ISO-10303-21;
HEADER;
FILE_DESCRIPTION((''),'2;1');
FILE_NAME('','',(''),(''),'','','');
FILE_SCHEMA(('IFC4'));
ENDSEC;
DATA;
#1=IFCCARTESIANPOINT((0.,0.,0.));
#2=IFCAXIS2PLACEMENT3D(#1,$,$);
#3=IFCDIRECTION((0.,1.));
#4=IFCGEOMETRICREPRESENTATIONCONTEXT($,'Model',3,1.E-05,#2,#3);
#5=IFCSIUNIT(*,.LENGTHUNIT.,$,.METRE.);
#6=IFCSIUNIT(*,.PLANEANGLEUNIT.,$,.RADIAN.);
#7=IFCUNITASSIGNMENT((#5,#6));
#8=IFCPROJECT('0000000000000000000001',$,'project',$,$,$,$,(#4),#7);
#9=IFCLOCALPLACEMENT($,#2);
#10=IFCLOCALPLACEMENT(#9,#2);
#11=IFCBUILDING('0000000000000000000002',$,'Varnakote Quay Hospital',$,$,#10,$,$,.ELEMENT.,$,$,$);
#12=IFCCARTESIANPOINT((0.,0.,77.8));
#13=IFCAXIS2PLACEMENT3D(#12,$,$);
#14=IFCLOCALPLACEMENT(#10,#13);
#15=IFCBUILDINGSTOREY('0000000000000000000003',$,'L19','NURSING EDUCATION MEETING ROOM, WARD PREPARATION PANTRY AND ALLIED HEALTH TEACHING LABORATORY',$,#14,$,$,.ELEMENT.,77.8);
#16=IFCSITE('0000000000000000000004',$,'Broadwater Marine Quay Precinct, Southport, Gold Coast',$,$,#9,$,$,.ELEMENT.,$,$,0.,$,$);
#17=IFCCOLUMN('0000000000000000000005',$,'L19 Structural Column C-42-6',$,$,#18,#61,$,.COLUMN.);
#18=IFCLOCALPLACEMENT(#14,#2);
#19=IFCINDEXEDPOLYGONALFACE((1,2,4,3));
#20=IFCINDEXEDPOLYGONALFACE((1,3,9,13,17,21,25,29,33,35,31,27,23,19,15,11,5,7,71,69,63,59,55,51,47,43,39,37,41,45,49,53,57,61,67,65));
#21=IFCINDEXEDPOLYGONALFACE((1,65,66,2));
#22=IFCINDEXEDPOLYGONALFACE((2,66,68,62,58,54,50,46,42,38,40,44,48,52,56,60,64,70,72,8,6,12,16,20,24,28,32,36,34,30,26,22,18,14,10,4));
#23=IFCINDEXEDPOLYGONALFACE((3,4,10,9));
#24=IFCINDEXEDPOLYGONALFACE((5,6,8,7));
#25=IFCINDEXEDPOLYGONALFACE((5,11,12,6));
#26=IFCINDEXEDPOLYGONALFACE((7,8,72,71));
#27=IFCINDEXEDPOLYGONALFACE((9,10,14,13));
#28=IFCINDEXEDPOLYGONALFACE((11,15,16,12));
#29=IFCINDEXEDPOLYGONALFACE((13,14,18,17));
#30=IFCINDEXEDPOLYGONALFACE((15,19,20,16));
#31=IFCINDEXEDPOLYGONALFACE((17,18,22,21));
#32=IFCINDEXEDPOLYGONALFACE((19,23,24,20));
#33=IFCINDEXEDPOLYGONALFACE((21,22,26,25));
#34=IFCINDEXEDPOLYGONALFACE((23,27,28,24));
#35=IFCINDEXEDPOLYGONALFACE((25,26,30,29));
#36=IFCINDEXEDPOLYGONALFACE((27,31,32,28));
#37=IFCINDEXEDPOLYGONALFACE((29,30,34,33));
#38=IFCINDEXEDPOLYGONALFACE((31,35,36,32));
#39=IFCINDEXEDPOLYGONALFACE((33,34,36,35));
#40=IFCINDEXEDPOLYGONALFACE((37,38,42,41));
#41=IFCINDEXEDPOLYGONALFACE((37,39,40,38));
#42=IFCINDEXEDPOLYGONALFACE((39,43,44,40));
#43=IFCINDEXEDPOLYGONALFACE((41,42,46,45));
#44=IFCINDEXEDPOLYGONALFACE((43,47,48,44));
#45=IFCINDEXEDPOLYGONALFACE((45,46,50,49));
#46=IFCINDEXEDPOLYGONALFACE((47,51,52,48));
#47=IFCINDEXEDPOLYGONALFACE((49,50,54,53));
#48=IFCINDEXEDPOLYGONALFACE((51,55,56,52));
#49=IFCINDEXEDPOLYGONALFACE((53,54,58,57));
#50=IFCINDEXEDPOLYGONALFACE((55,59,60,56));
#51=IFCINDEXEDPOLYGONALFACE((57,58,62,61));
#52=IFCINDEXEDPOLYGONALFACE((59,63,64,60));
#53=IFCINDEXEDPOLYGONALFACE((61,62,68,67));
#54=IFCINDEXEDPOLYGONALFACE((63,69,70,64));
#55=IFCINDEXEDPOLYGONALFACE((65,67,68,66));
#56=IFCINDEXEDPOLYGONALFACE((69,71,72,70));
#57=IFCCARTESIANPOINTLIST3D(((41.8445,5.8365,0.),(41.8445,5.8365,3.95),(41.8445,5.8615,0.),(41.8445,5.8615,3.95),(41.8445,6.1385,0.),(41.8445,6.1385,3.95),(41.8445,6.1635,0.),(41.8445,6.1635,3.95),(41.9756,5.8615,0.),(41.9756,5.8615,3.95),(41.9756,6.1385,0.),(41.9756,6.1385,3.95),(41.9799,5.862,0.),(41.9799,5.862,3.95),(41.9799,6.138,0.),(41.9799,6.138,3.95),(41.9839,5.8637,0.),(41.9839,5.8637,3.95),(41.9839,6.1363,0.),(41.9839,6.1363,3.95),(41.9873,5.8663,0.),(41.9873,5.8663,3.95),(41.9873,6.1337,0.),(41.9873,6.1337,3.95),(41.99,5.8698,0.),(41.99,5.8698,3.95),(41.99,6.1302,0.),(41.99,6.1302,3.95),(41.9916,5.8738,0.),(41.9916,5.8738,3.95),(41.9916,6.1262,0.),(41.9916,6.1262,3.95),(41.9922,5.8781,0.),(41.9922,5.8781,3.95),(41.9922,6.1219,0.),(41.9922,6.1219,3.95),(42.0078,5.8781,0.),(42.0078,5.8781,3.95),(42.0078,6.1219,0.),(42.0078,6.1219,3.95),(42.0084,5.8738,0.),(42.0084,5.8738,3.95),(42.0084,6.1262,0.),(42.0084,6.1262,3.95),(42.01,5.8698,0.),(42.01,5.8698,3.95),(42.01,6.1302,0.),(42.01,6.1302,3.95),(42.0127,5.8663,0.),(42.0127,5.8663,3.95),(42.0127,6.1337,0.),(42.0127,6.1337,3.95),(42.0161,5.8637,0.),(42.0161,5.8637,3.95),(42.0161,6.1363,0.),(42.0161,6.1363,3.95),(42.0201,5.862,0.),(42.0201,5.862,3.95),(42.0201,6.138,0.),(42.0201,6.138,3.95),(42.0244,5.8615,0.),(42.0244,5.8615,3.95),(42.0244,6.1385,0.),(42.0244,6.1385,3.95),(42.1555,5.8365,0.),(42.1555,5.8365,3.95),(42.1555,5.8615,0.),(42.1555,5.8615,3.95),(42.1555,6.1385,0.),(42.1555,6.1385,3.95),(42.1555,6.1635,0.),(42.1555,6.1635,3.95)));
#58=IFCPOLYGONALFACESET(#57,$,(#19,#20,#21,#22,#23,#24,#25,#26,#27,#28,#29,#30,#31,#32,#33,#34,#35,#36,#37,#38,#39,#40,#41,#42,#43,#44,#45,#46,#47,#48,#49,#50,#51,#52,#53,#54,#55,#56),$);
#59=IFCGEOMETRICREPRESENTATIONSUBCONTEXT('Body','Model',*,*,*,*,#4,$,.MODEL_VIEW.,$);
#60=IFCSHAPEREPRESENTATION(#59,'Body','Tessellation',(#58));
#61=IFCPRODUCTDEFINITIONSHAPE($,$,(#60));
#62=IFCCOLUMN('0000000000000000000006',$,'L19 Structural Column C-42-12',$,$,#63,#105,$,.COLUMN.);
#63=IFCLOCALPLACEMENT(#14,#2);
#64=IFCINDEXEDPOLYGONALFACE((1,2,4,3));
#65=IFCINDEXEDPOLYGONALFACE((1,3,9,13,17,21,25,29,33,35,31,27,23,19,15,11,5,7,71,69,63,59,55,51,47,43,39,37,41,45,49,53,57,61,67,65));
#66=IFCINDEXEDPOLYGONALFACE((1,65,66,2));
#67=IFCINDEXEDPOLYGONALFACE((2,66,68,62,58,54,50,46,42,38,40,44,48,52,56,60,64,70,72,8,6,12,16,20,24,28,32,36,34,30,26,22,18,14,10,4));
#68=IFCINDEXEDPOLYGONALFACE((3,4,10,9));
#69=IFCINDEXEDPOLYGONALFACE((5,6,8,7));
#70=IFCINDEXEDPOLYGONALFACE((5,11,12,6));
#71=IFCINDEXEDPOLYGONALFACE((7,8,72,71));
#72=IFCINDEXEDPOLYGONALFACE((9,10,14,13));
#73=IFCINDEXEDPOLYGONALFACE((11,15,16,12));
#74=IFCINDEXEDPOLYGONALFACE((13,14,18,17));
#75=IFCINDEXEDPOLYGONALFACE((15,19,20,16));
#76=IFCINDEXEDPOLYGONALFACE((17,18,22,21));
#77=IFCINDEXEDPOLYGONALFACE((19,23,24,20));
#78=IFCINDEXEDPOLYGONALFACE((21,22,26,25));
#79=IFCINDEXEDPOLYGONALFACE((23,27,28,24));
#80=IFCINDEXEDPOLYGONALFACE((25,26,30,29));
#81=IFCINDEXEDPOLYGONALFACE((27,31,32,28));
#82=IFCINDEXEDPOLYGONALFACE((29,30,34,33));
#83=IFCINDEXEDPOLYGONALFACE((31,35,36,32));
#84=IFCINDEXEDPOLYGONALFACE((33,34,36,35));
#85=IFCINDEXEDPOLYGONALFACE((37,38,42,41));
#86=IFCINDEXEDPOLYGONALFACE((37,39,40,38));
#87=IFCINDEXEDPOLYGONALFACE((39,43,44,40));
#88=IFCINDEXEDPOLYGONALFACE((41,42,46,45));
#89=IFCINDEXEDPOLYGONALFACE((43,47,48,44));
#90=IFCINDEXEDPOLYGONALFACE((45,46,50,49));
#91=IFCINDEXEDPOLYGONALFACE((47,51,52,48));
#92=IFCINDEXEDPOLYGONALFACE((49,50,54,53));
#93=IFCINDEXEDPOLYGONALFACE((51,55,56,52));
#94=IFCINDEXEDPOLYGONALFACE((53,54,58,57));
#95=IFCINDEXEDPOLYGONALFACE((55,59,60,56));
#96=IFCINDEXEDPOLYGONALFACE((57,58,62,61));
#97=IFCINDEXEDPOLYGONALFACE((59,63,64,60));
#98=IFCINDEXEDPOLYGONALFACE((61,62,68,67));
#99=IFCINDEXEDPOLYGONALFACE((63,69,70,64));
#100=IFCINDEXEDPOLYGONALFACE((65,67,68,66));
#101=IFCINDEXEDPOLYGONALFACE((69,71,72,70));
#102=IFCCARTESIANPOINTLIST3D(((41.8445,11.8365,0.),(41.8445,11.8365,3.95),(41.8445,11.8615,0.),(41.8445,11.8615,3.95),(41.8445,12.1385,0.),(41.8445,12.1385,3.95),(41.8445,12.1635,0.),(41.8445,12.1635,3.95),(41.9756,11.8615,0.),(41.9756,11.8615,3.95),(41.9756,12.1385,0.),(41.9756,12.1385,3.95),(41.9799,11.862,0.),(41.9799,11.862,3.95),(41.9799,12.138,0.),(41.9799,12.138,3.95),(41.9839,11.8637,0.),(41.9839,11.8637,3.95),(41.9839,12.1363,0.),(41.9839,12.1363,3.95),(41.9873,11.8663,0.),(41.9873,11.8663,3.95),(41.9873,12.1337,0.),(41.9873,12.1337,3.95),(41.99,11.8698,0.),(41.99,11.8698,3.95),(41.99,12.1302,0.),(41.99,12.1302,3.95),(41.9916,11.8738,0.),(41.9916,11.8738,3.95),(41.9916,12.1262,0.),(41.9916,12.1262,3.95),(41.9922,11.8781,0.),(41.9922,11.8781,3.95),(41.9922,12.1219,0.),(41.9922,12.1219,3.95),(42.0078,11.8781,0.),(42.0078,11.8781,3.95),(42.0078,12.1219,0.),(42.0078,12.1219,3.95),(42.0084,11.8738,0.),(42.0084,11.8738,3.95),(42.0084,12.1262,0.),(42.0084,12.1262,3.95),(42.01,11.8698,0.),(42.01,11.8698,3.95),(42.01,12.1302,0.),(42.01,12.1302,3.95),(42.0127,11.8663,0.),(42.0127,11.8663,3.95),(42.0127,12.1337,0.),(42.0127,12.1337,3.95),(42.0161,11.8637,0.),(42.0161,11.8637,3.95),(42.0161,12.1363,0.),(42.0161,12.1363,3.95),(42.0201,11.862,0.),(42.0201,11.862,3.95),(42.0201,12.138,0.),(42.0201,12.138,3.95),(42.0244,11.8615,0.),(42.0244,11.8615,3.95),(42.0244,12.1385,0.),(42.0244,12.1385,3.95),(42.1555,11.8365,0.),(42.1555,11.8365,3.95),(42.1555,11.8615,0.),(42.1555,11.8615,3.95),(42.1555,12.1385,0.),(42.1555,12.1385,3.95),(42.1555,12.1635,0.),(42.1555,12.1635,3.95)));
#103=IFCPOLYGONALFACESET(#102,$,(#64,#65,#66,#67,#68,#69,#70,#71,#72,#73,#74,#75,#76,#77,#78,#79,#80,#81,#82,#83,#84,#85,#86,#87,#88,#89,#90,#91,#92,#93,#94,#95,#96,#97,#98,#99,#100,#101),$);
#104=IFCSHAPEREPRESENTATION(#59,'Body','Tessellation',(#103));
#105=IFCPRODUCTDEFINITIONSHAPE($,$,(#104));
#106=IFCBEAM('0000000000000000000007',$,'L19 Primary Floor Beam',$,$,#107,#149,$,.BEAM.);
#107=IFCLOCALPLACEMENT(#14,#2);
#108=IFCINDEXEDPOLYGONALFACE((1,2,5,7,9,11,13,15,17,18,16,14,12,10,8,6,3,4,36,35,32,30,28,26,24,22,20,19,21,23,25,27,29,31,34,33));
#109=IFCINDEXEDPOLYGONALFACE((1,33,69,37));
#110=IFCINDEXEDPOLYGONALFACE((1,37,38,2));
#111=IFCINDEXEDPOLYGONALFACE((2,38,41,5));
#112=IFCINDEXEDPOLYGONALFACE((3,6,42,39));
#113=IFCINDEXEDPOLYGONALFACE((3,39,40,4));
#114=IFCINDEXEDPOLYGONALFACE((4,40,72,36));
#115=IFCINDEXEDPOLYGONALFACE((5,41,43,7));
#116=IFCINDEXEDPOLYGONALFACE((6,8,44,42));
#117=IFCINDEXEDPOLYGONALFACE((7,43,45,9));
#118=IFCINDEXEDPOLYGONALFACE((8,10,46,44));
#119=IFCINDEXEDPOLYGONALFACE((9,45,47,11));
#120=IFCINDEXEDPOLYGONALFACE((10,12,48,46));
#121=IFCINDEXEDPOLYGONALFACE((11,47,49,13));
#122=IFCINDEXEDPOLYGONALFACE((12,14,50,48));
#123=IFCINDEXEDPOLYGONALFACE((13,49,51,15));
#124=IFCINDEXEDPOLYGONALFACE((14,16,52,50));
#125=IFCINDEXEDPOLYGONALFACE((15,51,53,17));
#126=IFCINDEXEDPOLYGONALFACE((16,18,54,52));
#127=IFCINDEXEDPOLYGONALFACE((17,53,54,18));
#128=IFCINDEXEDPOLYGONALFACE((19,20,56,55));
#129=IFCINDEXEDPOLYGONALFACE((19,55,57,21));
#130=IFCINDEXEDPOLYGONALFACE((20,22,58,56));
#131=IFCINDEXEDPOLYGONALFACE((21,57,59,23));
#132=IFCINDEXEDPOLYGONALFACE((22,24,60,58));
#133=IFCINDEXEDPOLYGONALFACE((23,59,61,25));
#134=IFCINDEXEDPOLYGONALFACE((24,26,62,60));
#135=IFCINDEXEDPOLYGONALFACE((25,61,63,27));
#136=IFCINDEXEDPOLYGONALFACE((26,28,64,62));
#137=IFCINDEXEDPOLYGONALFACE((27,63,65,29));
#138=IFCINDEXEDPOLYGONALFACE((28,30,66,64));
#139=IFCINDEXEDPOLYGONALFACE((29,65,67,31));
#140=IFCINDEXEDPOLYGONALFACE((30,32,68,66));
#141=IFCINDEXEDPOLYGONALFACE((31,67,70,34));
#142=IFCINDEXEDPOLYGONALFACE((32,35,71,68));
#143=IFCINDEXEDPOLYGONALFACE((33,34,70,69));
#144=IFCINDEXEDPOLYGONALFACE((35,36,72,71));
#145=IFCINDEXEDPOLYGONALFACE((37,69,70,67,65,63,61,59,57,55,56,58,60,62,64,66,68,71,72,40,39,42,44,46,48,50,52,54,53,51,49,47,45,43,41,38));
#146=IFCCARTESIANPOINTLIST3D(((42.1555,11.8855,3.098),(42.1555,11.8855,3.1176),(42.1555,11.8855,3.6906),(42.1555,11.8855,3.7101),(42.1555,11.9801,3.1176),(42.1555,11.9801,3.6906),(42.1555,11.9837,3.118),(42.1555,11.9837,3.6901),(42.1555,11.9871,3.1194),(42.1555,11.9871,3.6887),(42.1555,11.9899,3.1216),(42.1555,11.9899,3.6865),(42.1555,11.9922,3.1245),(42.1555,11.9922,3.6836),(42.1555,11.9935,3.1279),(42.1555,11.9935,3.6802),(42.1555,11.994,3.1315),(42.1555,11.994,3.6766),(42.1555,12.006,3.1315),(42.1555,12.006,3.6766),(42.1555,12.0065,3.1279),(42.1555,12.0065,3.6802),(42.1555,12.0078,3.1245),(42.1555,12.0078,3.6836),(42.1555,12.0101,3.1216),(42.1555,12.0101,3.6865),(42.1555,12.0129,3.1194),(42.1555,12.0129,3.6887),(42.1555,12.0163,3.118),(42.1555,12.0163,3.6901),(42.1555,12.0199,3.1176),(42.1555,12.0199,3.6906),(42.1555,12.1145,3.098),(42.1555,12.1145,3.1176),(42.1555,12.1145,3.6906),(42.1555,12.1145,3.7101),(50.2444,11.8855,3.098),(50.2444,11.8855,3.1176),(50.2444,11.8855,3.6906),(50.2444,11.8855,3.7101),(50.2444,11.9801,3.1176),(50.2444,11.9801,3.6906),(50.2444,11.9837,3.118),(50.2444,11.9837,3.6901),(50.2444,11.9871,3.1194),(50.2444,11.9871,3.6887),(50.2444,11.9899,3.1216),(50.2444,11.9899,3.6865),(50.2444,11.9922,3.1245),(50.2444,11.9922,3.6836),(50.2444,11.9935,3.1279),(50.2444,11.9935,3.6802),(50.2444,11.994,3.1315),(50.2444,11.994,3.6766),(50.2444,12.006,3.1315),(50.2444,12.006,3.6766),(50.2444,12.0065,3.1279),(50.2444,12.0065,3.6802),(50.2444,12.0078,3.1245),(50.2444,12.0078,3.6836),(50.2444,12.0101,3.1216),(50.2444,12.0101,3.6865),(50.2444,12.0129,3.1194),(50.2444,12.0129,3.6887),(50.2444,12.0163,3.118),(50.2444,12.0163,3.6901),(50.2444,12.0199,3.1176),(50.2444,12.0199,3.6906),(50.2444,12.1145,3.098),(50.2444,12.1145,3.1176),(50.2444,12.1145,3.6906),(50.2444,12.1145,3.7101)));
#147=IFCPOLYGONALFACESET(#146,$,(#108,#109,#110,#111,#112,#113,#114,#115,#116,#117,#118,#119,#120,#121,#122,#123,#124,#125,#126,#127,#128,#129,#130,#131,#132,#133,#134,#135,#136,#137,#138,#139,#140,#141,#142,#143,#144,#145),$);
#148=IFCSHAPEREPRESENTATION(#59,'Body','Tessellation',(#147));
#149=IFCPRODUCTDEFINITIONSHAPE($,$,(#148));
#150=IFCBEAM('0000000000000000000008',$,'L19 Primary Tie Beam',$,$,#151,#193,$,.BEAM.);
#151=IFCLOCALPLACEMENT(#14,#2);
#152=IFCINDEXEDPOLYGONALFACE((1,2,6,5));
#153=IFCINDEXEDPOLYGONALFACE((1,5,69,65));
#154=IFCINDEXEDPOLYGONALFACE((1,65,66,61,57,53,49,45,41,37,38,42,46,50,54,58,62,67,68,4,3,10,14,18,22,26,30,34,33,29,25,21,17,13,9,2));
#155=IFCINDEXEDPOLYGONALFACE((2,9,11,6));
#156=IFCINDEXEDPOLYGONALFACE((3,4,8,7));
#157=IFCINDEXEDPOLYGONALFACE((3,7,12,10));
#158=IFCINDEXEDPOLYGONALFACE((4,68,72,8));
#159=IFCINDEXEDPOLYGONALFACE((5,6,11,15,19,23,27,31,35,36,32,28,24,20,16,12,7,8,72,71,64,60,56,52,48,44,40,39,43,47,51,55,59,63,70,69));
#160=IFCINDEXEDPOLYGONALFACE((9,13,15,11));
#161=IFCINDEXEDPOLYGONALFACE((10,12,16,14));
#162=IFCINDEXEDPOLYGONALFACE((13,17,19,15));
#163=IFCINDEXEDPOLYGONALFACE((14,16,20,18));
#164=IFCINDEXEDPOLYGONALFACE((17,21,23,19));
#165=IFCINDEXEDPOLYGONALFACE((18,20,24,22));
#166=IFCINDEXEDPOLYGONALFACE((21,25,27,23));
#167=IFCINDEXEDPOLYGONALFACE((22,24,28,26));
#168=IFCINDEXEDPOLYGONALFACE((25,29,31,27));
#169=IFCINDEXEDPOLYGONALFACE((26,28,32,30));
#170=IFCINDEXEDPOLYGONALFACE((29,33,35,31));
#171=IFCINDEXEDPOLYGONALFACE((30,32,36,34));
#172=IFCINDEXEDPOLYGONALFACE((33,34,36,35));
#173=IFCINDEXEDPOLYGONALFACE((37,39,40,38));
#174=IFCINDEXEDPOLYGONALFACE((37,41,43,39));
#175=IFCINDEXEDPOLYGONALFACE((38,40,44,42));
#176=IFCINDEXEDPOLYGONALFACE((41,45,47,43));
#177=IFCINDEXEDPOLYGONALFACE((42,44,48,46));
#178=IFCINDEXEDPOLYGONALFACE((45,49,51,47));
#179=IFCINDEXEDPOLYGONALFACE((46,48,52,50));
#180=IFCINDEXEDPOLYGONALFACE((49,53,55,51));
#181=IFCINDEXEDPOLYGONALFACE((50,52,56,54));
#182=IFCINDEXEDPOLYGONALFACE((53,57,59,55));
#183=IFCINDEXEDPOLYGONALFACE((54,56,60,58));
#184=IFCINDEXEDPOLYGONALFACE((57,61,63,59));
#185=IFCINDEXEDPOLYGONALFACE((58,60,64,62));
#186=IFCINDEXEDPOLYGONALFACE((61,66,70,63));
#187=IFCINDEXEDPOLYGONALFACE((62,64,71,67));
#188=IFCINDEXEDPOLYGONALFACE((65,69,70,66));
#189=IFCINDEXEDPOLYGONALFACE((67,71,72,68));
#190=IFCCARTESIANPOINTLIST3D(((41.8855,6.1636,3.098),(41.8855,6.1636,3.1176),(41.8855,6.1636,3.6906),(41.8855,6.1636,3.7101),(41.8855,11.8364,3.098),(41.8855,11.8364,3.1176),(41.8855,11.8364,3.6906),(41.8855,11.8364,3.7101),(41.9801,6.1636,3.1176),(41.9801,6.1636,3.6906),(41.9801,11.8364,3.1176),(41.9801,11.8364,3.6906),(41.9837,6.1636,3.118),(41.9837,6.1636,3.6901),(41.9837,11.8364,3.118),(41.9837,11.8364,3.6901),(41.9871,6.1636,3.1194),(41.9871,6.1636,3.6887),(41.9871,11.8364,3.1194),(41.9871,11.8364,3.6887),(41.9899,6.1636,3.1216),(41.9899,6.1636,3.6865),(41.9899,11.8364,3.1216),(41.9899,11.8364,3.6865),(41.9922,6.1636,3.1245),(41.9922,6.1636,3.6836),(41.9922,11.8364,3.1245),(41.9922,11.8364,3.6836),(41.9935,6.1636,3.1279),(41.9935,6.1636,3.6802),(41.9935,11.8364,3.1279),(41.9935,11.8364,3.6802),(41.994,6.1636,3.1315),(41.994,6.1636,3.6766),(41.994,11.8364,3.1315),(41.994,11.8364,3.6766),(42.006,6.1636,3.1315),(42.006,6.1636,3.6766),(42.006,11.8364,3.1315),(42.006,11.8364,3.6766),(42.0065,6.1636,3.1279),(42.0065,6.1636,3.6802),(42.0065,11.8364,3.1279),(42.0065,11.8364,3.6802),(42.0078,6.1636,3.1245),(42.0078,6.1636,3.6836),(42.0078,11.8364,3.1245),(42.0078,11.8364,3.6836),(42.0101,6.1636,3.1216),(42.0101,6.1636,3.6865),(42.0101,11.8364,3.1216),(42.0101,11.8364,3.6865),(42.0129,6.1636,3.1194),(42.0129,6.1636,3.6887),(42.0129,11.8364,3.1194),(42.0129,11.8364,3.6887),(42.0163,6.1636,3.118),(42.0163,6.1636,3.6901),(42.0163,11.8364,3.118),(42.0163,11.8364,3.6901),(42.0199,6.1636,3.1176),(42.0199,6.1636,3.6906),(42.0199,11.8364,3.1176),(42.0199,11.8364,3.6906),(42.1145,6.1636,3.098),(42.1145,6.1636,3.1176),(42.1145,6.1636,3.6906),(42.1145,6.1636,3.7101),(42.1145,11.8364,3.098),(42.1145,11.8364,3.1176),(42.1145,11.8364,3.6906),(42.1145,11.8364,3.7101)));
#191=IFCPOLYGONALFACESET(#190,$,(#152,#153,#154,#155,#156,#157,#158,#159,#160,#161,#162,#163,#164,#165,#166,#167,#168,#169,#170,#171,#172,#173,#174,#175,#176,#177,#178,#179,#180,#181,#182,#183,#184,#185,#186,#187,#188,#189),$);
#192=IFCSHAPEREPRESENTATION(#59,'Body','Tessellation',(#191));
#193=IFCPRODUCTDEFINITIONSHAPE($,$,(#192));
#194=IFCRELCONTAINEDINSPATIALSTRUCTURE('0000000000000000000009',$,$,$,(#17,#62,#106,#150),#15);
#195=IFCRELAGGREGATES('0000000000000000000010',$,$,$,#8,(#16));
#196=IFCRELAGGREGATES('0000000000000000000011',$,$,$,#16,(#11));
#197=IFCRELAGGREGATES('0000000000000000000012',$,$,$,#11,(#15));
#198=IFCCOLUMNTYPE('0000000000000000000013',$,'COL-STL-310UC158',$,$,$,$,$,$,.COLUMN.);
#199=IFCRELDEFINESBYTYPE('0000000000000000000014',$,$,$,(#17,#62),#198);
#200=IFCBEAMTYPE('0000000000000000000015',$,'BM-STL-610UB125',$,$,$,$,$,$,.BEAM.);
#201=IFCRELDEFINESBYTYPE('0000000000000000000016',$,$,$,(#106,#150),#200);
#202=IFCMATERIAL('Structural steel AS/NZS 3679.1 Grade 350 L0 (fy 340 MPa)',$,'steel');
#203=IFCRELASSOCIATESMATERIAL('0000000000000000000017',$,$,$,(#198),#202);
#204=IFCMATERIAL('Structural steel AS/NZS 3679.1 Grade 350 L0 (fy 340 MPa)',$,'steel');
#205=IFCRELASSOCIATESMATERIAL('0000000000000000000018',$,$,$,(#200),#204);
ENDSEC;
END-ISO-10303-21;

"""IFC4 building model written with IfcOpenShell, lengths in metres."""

from ifc_helpers import new_model, si_unit, direction, frame, origin, origin_2d, place, context, subcontext, project, spatial, i_section, extrude, material, material_profile, profile_set, type_object, element, save


model = new_model("IFC4")

# Units and contexts
model_context = context("Model", 3, precision=1e-05, world=origin(), true_north=direction((0.0, 1.0)))
body_context = subcontext(model_context, "Body", "Model", "MODEL_VIEW")
ifc_project = project(units=[si_unit("LENGTHUNIT", "METRE"), si_unit("PLANEANGLEUNIT", "RADIAN")], contexts=[model_context])

# Site, building, storey
site_placement = place(None, origin())
site = spatial("IfcSite", under=ifc_project, at=site_placement, Name="Broadwater Marine Quay Precinct, Southport, Gold Coast", CompositionType="ELEMENT", RefElevation=0.0)
building_placement = place(site_placement, origin())
building = spatial("IfcBuilding", under=site, at=building_placement, Name="Varnakote Quay Hospital", CompositionType="ELEMENT")
storey_placement = place(building_placement, frame((0.0, 0.0, 77.8)))
storey = spatial("IfcBuildingStorey", under=building, at=storey_placement, Name="L19", Description="NURSING EDUCATION MEETING ROOM, WARD PREPARATION PANTRY AND ALLIED HEALTH TEACHING LABORATORY", CompositionType="ELEMENT", Elevation=77.8)

# Columns
ifc_material_1 = material(Name="Structural steel AS/NZS 3679.1 Grade 350 L0 (fy 340 MPa)", Category="steel")
ifc_material_profile_1 = material_profile(ifc_material_1, i_section(OverallWidth=0.311, OverallDepth=0.3269, WebThickness=0.0156, FlangeThickness=0.0249, FilletRadius=0.0166, at=origin_2d()), Name="310UC158")
ifc_profile_set_1 = profile_set([ifc_material_profile_1], Name="Structural steel AS/NZS 3679.1 Grade 350 L0 (fy 340 MPa)")
column_type = type_object("IfcColumnType", Name="COL-STL-310UC158", PredefinedType="COLUMN", material=ifc_profile_set_1)
for number, where, z_axis, x_axis, name in (
    (1, (42.0, 6.0, 0.0), (0.0, 0.0, 1.0), (1.0, 0.0, 0.0), "L19 Structural Column C-42-6"),
    (2, (42.0, 12.0, 0.0), (0.0, 0.0, 1.0), (1.0, 0.0, 0.0), "L19 Structural Column C-42-12"),
):
    element("IfcColumn", number, at=place(storey_placement, frame(where, z_axis=z_axis, x_axis=x_axis)), inside=storey, type_object=column_type, Name=name, PredefinedType="COLUMN", context=body_context, shape_type="SweptSolid", body=[
        extrude(i_section(OverallWidth=0.311, OverallDepth=0.3269, WebThickness=0.0156, FlangeThickness=0.0249, FilletRadius=0.0166, at=origin_2d()), origin(), (0.0, 0.0, 1.0), 3.95),
    ])

# Beams
ifc_material_2 = material(Name="Structural steel AS/NZS 3679.1 Grade 350 L0 (fy 340 MPa)", Category="steel")
ifc_material_profile_2 = material_profile(ifc_material_2, i_section(OverallWidth=0.229, OverallDepth=0.6121, WebThickness=0.012, FlangeThickness=0.0195, FilletRadius=0.0139, at=origin_2d()), Name="610UB125")
ifc_profile_set_2 = profile_set([ifc_material_profile_2], Name="Structural steel AS/NZS 3679.1 Grade 350 L0 (fy 340 MPa)")
beam_type = type_object("IfcBeamType", Name="BM-STL-610UB125", PredefinedType="BEAM", material=ifc_profile_set_2)
beam_1_placement = place(storey_placement, frame((42.1555, 12.0, 3.4041), z_axis=(1.0, 0.0, 0.0), x_axis=(0.0, 1.0, 0.0)))
element("IfcBeam", 3, at=beam_1_placement, inside=storey, type_object=beam_type, Name="L19 Primary Floor Beam", PredefinedType="BEAM", context=body_context, shape_type="SweptSolid", body=[
    extrude(i_section(OverallWidth=0.229, OverallDepth=0.6121, WebThickness=0.012, FlangeThickness=0.0195, FilletRadius=0.0139, at=origin_2d()), origin(), (0.0, 0.0, 1.0), 8.0889),
])
beam_2_placement = place(storey_placement, frame((42.0, 6.1636, 3.4041), z_axis=(0.0, 1.0, 0.0), x_axis=(-1.0, 0.0, 0.0)))
element("IfcBeam", 4, at=beam_2_placement, inside=storey, type_object=beam_type, Name="L19 Primary Tie Beam", PredefinedType="BEAM", context=body_context, shape_type="SweptSolid", body=[
    extrude(i_section(OverallWidth=0.229, OverallDepth=0.6121, WebThickness=0.012, FlangeThickness=0.0195, FilletRadius=0.0139, at=origin_2d()), origin(), (0.0, 0.0, 1.0), 5.6729),
])

save(model, "model.ifc")
